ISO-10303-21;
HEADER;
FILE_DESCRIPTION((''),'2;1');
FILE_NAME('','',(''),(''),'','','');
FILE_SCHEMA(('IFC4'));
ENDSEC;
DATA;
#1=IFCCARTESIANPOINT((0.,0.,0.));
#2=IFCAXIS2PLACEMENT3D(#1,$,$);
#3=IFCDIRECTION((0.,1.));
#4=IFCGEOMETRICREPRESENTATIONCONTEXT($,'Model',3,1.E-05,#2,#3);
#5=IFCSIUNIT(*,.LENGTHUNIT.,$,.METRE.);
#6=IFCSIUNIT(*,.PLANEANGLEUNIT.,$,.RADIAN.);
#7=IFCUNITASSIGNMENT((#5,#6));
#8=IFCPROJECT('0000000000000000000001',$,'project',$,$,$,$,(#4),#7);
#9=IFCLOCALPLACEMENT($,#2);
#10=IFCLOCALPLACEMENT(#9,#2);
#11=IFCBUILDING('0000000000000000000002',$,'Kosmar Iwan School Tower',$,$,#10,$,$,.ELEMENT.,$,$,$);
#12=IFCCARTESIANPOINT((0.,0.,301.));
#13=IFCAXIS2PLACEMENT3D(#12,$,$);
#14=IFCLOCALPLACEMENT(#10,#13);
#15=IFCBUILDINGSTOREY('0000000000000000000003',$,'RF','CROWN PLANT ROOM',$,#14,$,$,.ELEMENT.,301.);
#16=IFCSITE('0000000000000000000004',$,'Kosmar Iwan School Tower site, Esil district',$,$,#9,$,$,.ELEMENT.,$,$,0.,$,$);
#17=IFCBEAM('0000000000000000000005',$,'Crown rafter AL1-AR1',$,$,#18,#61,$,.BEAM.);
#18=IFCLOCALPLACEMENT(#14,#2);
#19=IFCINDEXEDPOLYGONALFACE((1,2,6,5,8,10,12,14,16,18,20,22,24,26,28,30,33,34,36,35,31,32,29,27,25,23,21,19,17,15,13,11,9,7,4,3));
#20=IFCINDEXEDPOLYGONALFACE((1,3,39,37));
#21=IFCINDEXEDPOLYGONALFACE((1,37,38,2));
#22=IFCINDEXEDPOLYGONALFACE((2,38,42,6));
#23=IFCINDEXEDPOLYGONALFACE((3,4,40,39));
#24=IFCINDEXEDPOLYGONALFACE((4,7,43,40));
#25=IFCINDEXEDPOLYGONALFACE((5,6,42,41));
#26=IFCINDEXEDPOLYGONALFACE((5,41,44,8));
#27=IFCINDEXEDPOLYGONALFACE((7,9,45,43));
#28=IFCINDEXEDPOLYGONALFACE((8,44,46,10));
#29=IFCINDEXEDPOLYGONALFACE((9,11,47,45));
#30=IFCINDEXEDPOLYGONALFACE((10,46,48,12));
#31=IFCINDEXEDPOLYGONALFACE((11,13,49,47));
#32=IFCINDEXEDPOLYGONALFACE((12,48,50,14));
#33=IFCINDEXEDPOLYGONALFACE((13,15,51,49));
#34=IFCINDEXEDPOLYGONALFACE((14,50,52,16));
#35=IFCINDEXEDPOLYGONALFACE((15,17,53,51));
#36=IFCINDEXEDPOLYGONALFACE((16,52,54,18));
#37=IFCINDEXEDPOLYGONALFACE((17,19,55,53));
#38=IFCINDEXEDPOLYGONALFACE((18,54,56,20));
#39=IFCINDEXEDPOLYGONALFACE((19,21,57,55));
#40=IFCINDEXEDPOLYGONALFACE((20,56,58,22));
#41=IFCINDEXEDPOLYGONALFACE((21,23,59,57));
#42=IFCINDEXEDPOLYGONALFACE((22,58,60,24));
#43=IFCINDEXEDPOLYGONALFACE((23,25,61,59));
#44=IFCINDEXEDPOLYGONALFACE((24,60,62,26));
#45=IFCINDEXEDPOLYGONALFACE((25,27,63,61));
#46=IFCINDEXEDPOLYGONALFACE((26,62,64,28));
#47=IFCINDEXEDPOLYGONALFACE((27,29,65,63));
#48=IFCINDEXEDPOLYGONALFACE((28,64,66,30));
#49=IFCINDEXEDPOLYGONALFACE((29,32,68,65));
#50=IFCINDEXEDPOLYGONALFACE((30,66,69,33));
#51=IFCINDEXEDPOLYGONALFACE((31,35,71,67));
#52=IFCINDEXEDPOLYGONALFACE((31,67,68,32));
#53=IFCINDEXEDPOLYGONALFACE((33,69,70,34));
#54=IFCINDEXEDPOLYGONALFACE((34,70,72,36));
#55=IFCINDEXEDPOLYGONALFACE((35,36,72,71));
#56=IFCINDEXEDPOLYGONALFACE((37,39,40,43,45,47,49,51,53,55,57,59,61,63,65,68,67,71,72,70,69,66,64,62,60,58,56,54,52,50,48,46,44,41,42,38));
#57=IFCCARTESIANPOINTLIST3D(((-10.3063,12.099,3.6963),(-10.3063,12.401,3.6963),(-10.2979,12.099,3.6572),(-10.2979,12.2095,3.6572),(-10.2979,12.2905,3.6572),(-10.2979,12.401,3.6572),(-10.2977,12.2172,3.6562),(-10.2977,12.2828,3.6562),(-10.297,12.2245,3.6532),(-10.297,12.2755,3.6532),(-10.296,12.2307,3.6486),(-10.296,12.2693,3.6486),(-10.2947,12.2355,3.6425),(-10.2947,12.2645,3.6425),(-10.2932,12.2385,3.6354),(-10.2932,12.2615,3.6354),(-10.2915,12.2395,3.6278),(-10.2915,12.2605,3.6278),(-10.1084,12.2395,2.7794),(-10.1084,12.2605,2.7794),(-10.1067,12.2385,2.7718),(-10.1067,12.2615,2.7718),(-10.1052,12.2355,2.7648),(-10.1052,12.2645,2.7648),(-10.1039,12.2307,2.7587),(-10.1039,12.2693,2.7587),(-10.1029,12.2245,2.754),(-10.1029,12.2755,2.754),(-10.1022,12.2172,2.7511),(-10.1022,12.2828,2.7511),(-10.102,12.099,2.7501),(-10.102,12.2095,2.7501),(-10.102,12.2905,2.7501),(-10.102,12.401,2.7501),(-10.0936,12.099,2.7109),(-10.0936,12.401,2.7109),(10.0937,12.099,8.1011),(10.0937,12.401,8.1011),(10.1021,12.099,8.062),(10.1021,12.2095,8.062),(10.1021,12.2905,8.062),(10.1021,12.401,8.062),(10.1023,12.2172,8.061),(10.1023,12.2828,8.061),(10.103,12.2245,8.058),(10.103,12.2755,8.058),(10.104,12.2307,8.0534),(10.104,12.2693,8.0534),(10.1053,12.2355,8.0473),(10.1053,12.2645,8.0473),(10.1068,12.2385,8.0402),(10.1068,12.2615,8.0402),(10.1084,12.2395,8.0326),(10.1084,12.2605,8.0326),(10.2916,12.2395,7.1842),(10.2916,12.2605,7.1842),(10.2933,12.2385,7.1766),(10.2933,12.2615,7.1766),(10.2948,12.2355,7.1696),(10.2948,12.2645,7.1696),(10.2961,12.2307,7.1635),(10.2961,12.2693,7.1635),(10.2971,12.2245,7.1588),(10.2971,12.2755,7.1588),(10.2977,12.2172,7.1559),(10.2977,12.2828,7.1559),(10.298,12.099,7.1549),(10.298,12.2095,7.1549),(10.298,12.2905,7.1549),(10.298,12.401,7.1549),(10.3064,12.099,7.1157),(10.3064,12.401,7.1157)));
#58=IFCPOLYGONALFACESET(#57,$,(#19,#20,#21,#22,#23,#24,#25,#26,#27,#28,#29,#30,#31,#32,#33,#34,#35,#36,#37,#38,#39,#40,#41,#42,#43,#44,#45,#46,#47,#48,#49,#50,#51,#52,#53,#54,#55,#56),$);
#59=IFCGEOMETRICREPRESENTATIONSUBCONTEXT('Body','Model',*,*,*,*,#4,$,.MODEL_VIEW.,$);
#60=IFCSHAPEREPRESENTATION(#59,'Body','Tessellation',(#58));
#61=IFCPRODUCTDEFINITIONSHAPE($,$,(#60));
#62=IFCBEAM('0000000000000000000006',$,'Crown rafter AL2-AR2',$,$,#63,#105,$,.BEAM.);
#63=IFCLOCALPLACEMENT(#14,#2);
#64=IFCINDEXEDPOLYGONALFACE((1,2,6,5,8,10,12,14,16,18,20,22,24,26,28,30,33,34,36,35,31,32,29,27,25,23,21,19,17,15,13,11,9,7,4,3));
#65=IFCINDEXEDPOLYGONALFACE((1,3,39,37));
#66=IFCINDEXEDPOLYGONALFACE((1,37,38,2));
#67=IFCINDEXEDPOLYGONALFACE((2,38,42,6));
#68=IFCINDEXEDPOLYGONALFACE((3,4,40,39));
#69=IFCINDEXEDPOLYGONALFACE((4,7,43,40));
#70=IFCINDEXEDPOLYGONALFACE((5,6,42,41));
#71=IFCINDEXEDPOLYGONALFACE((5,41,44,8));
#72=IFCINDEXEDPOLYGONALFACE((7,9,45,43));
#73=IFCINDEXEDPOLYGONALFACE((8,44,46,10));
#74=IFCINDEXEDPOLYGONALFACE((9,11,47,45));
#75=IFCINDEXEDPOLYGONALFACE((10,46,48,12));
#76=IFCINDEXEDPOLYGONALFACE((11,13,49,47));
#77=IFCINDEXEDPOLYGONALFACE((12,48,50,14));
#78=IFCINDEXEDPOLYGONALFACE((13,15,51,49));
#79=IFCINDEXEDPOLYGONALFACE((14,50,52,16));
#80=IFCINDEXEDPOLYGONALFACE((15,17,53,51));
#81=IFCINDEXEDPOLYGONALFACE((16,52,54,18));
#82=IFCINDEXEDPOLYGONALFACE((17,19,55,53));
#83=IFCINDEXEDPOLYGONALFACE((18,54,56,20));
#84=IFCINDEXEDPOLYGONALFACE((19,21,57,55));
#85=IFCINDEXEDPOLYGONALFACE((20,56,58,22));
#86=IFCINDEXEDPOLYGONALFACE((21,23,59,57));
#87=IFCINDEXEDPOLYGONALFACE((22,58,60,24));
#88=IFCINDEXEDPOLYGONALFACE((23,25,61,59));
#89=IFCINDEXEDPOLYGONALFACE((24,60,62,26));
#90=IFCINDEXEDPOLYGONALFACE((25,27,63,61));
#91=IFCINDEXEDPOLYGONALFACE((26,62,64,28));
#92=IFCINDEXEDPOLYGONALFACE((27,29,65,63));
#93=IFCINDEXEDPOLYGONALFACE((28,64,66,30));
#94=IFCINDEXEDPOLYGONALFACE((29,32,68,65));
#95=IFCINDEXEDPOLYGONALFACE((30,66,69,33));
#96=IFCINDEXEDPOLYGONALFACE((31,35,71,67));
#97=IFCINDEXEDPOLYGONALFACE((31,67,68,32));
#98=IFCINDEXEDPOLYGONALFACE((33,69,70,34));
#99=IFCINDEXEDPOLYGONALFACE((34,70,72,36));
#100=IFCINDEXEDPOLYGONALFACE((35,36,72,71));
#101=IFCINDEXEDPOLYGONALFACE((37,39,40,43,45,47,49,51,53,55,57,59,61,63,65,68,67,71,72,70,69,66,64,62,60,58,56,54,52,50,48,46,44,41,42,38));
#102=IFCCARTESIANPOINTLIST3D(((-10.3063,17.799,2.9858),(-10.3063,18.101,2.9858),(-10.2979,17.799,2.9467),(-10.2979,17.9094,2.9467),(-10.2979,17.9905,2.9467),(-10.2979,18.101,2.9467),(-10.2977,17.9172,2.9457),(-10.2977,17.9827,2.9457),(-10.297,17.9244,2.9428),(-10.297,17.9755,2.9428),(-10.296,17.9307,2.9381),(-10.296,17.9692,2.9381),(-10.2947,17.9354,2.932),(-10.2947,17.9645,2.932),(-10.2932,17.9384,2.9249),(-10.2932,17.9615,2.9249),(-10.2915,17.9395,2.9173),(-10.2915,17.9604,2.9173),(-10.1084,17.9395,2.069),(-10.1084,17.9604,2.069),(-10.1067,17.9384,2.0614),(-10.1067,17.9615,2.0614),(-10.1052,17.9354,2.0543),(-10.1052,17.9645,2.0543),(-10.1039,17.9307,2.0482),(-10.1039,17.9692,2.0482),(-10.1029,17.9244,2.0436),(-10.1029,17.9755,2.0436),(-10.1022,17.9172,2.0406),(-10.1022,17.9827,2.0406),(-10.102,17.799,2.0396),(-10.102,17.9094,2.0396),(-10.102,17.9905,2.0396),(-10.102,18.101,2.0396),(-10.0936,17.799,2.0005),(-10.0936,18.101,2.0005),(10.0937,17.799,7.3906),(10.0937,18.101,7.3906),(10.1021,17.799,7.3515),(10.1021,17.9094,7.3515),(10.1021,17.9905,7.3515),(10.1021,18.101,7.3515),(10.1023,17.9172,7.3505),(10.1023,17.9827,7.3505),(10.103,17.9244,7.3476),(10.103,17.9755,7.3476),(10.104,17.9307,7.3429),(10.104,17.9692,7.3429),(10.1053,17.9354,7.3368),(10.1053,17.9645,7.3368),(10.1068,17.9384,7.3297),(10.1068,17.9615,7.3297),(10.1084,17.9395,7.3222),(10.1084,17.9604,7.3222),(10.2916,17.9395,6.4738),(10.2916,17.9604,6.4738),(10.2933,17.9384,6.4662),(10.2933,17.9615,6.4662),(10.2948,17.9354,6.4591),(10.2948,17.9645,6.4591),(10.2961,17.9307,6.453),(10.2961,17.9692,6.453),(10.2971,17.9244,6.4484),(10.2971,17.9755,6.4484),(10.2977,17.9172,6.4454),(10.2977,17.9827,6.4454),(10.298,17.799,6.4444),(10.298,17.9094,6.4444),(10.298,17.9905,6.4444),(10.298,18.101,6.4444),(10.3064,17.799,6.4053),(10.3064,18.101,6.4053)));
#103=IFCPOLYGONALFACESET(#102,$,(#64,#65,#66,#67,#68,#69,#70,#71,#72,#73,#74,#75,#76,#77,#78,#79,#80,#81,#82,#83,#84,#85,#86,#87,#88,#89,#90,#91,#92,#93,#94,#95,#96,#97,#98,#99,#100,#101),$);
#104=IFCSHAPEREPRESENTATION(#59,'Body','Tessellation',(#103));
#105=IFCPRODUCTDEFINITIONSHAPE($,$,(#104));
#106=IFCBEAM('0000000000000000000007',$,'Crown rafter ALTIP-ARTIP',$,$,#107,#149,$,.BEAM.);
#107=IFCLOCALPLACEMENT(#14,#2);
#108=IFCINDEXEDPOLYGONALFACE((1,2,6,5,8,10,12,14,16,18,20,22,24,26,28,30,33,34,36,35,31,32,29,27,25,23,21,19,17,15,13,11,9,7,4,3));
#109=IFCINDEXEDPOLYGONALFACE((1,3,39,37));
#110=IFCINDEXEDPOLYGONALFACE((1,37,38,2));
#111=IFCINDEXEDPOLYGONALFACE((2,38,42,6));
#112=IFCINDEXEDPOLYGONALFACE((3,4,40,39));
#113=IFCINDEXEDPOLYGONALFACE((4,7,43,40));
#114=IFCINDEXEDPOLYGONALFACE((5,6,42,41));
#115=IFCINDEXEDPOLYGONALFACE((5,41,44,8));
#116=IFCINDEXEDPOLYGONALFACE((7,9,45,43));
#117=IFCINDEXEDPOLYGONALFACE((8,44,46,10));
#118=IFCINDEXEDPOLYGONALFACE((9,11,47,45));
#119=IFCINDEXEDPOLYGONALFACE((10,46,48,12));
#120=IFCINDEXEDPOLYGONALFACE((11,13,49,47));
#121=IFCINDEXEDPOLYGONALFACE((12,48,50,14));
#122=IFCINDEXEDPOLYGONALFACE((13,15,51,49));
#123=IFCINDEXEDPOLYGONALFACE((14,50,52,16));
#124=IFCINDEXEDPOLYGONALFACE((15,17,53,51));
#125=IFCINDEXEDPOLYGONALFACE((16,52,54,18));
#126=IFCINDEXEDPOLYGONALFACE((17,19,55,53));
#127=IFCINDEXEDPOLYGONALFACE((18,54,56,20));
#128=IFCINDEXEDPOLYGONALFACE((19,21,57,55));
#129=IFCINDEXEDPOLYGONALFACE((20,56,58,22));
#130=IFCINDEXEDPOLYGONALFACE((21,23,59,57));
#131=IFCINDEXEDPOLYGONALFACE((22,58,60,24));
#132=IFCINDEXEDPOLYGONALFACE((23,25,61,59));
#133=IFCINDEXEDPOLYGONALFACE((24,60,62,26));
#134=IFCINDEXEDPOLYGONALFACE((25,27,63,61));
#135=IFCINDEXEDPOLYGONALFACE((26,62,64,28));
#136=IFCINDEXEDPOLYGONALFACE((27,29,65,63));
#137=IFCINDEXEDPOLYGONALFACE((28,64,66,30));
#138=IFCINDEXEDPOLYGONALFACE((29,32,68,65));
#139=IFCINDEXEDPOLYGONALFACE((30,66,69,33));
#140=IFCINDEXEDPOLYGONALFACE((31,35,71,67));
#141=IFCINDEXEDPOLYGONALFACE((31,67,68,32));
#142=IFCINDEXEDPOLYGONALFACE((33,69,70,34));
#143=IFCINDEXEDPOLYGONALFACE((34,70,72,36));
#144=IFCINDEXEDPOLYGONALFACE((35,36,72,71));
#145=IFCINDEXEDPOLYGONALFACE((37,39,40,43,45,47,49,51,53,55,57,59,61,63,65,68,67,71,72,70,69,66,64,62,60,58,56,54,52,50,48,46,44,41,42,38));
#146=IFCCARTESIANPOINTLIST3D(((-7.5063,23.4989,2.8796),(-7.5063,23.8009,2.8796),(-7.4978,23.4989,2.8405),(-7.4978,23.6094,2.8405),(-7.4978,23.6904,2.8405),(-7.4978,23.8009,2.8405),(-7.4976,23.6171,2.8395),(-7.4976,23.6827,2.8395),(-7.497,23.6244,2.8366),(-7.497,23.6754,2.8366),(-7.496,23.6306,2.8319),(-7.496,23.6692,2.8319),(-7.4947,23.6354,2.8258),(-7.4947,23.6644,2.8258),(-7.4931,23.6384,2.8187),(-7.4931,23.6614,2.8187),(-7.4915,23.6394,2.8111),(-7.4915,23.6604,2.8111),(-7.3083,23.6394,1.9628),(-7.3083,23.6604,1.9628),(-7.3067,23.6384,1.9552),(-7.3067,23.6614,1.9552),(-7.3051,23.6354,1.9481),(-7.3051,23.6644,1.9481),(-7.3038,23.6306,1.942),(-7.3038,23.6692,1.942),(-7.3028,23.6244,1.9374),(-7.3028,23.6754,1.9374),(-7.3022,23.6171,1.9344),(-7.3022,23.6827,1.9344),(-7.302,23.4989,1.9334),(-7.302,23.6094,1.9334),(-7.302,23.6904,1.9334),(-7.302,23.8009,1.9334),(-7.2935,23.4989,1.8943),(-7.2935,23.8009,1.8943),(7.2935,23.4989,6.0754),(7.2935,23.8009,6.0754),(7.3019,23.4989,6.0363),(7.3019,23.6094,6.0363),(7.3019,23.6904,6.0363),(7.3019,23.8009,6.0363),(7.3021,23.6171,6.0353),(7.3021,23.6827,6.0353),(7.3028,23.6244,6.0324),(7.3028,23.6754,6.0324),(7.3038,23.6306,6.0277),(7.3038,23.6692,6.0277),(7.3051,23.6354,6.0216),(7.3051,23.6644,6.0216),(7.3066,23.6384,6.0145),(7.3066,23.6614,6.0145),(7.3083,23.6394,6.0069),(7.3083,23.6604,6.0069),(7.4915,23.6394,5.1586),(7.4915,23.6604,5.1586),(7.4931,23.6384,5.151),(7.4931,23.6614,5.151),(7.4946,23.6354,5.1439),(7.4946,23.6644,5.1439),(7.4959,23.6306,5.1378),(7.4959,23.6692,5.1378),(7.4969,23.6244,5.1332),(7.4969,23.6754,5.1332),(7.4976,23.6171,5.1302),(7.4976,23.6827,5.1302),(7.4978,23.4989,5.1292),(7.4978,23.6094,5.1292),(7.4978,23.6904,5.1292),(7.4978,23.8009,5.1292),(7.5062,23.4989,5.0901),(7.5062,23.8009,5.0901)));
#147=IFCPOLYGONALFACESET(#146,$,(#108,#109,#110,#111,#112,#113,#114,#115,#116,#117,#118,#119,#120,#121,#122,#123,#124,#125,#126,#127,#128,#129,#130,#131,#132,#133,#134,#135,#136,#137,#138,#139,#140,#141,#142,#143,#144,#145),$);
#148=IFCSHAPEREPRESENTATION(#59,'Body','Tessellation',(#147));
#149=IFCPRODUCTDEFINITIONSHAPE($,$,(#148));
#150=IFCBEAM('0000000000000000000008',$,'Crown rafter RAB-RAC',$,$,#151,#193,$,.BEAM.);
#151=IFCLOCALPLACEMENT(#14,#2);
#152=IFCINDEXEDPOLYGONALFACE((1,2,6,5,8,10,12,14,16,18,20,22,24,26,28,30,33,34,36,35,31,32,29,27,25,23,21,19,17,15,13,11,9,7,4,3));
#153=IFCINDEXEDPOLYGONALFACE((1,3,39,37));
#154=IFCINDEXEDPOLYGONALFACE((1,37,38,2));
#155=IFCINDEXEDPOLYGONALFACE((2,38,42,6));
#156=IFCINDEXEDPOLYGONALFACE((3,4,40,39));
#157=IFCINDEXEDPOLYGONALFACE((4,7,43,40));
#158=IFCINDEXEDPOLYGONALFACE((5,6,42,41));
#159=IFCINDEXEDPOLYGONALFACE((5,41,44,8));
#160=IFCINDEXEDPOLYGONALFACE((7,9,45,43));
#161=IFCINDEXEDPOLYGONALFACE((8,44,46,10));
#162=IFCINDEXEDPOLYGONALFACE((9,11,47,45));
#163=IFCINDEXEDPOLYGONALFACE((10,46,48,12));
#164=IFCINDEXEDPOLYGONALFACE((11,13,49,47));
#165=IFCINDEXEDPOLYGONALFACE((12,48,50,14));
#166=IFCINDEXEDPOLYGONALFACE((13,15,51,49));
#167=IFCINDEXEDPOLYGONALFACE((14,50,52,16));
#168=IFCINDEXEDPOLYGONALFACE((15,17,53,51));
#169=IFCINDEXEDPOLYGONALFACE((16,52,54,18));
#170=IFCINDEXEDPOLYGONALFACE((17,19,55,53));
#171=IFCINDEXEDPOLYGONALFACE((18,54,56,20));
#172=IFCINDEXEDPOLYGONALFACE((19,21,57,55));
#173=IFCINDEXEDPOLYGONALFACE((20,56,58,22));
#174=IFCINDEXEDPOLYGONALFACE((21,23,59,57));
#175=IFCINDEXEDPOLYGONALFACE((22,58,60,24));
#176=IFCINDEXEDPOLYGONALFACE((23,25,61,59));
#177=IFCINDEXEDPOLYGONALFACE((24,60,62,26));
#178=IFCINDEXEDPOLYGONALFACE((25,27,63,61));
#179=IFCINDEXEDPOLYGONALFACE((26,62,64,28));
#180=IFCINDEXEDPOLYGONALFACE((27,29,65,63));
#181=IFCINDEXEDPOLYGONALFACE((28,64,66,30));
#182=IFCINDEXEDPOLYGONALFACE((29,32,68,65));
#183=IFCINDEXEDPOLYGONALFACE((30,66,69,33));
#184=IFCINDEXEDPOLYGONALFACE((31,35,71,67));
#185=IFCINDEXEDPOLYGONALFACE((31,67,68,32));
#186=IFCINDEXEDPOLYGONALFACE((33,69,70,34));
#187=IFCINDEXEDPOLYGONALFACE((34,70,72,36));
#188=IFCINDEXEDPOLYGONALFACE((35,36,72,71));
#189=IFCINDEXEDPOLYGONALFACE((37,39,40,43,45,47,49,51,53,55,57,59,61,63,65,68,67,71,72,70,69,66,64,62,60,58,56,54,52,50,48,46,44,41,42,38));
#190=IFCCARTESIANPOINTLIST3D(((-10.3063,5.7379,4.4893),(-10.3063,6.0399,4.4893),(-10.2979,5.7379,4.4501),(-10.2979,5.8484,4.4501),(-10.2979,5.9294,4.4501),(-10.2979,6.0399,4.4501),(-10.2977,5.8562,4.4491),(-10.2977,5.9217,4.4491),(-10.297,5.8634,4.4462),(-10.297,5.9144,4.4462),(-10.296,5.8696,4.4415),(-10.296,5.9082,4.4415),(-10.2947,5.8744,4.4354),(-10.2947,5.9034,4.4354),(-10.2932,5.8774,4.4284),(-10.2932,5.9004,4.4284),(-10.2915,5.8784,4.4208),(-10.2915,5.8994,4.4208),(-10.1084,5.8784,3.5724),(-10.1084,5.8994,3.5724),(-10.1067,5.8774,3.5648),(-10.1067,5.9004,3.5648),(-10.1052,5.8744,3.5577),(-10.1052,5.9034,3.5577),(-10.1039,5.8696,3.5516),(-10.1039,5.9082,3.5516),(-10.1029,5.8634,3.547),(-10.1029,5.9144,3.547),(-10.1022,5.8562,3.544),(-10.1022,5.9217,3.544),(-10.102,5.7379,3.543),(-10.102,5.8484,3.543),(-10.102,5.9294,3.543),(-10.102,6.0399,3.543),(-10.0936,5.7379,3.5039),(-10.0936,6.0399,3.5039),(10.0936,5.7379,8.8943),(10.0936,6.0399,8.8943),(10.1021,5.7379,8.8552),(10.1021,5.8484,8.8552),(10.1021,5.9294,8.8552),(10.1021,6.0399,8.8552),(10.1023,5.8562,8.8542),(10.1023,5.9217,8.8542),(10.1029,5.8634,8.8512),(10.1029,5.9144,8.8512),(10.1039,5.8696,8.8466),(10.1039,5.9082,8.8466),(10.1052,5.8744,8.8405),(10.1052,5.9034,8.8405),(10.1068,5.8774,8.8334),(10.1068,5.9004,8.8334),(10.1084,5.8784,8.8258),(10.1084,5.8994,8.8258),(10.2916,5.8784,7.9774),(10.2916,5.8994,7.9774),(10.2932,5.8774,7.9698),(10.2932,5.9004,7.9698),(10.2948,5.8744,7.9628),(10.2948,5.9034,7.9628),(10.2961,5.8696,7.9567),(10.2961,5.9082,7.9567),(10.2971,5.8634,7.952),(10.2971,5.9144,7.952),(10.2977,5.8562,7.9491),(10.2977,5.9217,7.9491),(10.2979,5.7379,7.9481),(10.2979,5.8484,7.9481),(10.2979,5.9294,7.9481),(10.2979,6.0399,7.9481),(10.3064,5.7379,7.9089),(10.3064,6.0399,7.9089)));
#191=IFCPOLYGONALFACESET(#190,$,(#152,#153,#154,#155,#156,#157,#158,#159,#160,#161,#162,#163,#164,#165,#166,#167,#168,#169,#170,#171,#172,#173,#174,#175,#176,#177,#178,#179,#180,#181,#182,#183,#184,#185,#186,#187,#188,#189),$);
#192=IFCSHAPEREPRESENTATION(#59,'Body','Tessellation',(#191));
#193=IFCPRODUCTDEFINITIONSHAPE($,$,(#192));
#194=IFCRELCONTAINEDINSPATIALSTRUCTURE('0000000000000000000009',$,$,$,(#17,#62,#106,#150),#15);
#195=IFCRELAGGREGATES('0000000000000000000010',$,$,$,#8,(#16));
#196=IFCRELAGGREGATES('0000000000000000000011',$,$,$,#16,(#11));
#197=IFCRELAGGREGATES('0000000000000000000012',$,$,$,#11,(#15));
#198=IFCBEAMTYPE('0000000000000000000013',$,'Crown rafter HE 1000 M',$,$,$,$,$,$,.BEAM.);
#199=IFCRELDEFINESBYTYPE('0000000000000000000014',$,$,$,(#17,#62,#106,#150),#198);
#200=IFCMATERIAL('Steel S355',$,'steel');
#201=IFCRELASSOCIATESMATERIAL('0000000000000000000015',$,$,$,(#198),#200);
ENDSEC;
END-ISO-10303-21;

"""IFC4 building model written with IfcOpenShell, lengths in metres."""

from ifc_helpers import new_model, si_unit, direction, frame, origin, origin_2d, place, context, subcontext, project, spatial, i_section, extrude, material, material_profile, profile_set, type_object, element, save


model = new_model("IFC4")

# Units and contexts
model_context = context("Model", 3, precision=1e-05, world=origin(), true_north=direction((0.0, 1.0)))
body_context = subcontext(model_context, "Body", "Model", "MODEL_VIEW")
ifc_project = project(units=[si_unit("LENGTHUNIT", "METRE"), si_unit("PLANEANGLEUNIT", "RADIAN")], contexts=[model_context])

# Site, building, storey
site_placement = place(None, origin())
site = spatial("IfcSite", under=ifc_project, at=site_placement, Name="Kosmar Iwan School Tower site, Esil district", CompositionType="ELEMENT", RefElevation=0.0)
building_placement = place(site_placement, origin())
building = spatial("IfcBuilding", under=site, at=building_placement, Name="Kosmar Iwan School Tower", CompositionType="ELEMENT")
storey_placement = place(building_placement, frame((0.0, 0.0, 301.0)))
storey = spatial("IfcBuildingStorey", under=building, at=storey_placement, Name="RF", Description="CROWN PLANT ROOM", CompositionType="ELEMENT", Elevation=301.0)

# Beams
ifc_material_1 = material(Name="Steel S355", Category="steel")
ifc_material_profile_1 = material_profile(ifc_material_1, i_section(OverallWidth=0.302, OverallDepth=1.0081, WebThickness=0.021, FlangeThickness=0.04, FilletRadius=0.03, at=origin_2d()), Name="HE 1000 M")
ifc_profile_set_1 = profile_set([ifc_material_profile_1], Name="Steel S355")
beam_type_1 = type_object("IfcBeamType", Name="Crown rafter HE 1000 M", PredefinedType="BEAM", material=ifc_profile_set_1)
for number, where, z_axis, x_axis, name in (
    (1, (-10.2, 12.25, 3.2036), (0.977474, 0.0, 0.211058), (0.0, 1.0, 0.0), "Crown rafter AL1-AR1"),
    (2, (-10.2, 17.95, 2.4932), (0.977474, 0.0, 0.211058), (0.0, 1.0, 0.0), "Crown rafter AL2-AR2"),
):
    element("IfcBeam", number, at=place(storey_placement, frame(where, z_axis=z_axis, x_axis=x_axis)), inside=storey, type_object=beam_type_1, Name=name, PredefinedType="BEAM", context=body_context, shape_type="SweptSolid", body=[
        extrude(i_section(OverallWidth=0.302, OverallDepth=1.0081, WebThickness=0.021, FlangeThickness=0.04, FilletRadius=0.03, at=origin_2d()), origin(), (0.0, 0.0, 1.0), 20.8701),
    ])
beam_1_placement = place(storey_placement, frame((-7.3999, 23.6499, 2.387), z_axis=(0.977471, 0.0, 0.21107), x_axis=(0.0, 1.0, 0.0)))
element("IfcBeam", 3, at=beam_1_placement, inside=storey, type_object=beam_type_1, Name="Crown rafter ALTIP-ARTIP", PredefinedType="BEAM", context=body_context, shape_type="SweptSolid", body=[
    extrude(i_section(OverallWidth=0.302, OverallDepth=1.0081, WebThickness=0.021, FlangeThickness=0.04, FilletRadius=0.03, at=origin_2d()), origin(), (0.0, 0.0, 1.0), 15.1409),
])
beam_2_placement = place(storey_placement, frame((-10.2, 5.8889, 3.9966), z_axis=(0.977471, 0.0, 0.211069), x_axis=(0.0, 1.0, 0.0)))
element("IfcBeam", 4, at=beam_2_placement, inside=storey, type_object=beam_type_1, Name="Crown rafter RAB-RAC", PredefinedType="BEAM", context=body_context, shape_type="SweptSolid", body=[
    extrude(i_section(OverallWidth=0.302, OverallDepth=1.0081, WebThickness=0.021, FlangeThickness=0.04, FilletRadius=0.03, at=origin_2d()), origin(), (0.0, 0.0, 1.0), 20.8701),
])

save(model, "model.ifc")
